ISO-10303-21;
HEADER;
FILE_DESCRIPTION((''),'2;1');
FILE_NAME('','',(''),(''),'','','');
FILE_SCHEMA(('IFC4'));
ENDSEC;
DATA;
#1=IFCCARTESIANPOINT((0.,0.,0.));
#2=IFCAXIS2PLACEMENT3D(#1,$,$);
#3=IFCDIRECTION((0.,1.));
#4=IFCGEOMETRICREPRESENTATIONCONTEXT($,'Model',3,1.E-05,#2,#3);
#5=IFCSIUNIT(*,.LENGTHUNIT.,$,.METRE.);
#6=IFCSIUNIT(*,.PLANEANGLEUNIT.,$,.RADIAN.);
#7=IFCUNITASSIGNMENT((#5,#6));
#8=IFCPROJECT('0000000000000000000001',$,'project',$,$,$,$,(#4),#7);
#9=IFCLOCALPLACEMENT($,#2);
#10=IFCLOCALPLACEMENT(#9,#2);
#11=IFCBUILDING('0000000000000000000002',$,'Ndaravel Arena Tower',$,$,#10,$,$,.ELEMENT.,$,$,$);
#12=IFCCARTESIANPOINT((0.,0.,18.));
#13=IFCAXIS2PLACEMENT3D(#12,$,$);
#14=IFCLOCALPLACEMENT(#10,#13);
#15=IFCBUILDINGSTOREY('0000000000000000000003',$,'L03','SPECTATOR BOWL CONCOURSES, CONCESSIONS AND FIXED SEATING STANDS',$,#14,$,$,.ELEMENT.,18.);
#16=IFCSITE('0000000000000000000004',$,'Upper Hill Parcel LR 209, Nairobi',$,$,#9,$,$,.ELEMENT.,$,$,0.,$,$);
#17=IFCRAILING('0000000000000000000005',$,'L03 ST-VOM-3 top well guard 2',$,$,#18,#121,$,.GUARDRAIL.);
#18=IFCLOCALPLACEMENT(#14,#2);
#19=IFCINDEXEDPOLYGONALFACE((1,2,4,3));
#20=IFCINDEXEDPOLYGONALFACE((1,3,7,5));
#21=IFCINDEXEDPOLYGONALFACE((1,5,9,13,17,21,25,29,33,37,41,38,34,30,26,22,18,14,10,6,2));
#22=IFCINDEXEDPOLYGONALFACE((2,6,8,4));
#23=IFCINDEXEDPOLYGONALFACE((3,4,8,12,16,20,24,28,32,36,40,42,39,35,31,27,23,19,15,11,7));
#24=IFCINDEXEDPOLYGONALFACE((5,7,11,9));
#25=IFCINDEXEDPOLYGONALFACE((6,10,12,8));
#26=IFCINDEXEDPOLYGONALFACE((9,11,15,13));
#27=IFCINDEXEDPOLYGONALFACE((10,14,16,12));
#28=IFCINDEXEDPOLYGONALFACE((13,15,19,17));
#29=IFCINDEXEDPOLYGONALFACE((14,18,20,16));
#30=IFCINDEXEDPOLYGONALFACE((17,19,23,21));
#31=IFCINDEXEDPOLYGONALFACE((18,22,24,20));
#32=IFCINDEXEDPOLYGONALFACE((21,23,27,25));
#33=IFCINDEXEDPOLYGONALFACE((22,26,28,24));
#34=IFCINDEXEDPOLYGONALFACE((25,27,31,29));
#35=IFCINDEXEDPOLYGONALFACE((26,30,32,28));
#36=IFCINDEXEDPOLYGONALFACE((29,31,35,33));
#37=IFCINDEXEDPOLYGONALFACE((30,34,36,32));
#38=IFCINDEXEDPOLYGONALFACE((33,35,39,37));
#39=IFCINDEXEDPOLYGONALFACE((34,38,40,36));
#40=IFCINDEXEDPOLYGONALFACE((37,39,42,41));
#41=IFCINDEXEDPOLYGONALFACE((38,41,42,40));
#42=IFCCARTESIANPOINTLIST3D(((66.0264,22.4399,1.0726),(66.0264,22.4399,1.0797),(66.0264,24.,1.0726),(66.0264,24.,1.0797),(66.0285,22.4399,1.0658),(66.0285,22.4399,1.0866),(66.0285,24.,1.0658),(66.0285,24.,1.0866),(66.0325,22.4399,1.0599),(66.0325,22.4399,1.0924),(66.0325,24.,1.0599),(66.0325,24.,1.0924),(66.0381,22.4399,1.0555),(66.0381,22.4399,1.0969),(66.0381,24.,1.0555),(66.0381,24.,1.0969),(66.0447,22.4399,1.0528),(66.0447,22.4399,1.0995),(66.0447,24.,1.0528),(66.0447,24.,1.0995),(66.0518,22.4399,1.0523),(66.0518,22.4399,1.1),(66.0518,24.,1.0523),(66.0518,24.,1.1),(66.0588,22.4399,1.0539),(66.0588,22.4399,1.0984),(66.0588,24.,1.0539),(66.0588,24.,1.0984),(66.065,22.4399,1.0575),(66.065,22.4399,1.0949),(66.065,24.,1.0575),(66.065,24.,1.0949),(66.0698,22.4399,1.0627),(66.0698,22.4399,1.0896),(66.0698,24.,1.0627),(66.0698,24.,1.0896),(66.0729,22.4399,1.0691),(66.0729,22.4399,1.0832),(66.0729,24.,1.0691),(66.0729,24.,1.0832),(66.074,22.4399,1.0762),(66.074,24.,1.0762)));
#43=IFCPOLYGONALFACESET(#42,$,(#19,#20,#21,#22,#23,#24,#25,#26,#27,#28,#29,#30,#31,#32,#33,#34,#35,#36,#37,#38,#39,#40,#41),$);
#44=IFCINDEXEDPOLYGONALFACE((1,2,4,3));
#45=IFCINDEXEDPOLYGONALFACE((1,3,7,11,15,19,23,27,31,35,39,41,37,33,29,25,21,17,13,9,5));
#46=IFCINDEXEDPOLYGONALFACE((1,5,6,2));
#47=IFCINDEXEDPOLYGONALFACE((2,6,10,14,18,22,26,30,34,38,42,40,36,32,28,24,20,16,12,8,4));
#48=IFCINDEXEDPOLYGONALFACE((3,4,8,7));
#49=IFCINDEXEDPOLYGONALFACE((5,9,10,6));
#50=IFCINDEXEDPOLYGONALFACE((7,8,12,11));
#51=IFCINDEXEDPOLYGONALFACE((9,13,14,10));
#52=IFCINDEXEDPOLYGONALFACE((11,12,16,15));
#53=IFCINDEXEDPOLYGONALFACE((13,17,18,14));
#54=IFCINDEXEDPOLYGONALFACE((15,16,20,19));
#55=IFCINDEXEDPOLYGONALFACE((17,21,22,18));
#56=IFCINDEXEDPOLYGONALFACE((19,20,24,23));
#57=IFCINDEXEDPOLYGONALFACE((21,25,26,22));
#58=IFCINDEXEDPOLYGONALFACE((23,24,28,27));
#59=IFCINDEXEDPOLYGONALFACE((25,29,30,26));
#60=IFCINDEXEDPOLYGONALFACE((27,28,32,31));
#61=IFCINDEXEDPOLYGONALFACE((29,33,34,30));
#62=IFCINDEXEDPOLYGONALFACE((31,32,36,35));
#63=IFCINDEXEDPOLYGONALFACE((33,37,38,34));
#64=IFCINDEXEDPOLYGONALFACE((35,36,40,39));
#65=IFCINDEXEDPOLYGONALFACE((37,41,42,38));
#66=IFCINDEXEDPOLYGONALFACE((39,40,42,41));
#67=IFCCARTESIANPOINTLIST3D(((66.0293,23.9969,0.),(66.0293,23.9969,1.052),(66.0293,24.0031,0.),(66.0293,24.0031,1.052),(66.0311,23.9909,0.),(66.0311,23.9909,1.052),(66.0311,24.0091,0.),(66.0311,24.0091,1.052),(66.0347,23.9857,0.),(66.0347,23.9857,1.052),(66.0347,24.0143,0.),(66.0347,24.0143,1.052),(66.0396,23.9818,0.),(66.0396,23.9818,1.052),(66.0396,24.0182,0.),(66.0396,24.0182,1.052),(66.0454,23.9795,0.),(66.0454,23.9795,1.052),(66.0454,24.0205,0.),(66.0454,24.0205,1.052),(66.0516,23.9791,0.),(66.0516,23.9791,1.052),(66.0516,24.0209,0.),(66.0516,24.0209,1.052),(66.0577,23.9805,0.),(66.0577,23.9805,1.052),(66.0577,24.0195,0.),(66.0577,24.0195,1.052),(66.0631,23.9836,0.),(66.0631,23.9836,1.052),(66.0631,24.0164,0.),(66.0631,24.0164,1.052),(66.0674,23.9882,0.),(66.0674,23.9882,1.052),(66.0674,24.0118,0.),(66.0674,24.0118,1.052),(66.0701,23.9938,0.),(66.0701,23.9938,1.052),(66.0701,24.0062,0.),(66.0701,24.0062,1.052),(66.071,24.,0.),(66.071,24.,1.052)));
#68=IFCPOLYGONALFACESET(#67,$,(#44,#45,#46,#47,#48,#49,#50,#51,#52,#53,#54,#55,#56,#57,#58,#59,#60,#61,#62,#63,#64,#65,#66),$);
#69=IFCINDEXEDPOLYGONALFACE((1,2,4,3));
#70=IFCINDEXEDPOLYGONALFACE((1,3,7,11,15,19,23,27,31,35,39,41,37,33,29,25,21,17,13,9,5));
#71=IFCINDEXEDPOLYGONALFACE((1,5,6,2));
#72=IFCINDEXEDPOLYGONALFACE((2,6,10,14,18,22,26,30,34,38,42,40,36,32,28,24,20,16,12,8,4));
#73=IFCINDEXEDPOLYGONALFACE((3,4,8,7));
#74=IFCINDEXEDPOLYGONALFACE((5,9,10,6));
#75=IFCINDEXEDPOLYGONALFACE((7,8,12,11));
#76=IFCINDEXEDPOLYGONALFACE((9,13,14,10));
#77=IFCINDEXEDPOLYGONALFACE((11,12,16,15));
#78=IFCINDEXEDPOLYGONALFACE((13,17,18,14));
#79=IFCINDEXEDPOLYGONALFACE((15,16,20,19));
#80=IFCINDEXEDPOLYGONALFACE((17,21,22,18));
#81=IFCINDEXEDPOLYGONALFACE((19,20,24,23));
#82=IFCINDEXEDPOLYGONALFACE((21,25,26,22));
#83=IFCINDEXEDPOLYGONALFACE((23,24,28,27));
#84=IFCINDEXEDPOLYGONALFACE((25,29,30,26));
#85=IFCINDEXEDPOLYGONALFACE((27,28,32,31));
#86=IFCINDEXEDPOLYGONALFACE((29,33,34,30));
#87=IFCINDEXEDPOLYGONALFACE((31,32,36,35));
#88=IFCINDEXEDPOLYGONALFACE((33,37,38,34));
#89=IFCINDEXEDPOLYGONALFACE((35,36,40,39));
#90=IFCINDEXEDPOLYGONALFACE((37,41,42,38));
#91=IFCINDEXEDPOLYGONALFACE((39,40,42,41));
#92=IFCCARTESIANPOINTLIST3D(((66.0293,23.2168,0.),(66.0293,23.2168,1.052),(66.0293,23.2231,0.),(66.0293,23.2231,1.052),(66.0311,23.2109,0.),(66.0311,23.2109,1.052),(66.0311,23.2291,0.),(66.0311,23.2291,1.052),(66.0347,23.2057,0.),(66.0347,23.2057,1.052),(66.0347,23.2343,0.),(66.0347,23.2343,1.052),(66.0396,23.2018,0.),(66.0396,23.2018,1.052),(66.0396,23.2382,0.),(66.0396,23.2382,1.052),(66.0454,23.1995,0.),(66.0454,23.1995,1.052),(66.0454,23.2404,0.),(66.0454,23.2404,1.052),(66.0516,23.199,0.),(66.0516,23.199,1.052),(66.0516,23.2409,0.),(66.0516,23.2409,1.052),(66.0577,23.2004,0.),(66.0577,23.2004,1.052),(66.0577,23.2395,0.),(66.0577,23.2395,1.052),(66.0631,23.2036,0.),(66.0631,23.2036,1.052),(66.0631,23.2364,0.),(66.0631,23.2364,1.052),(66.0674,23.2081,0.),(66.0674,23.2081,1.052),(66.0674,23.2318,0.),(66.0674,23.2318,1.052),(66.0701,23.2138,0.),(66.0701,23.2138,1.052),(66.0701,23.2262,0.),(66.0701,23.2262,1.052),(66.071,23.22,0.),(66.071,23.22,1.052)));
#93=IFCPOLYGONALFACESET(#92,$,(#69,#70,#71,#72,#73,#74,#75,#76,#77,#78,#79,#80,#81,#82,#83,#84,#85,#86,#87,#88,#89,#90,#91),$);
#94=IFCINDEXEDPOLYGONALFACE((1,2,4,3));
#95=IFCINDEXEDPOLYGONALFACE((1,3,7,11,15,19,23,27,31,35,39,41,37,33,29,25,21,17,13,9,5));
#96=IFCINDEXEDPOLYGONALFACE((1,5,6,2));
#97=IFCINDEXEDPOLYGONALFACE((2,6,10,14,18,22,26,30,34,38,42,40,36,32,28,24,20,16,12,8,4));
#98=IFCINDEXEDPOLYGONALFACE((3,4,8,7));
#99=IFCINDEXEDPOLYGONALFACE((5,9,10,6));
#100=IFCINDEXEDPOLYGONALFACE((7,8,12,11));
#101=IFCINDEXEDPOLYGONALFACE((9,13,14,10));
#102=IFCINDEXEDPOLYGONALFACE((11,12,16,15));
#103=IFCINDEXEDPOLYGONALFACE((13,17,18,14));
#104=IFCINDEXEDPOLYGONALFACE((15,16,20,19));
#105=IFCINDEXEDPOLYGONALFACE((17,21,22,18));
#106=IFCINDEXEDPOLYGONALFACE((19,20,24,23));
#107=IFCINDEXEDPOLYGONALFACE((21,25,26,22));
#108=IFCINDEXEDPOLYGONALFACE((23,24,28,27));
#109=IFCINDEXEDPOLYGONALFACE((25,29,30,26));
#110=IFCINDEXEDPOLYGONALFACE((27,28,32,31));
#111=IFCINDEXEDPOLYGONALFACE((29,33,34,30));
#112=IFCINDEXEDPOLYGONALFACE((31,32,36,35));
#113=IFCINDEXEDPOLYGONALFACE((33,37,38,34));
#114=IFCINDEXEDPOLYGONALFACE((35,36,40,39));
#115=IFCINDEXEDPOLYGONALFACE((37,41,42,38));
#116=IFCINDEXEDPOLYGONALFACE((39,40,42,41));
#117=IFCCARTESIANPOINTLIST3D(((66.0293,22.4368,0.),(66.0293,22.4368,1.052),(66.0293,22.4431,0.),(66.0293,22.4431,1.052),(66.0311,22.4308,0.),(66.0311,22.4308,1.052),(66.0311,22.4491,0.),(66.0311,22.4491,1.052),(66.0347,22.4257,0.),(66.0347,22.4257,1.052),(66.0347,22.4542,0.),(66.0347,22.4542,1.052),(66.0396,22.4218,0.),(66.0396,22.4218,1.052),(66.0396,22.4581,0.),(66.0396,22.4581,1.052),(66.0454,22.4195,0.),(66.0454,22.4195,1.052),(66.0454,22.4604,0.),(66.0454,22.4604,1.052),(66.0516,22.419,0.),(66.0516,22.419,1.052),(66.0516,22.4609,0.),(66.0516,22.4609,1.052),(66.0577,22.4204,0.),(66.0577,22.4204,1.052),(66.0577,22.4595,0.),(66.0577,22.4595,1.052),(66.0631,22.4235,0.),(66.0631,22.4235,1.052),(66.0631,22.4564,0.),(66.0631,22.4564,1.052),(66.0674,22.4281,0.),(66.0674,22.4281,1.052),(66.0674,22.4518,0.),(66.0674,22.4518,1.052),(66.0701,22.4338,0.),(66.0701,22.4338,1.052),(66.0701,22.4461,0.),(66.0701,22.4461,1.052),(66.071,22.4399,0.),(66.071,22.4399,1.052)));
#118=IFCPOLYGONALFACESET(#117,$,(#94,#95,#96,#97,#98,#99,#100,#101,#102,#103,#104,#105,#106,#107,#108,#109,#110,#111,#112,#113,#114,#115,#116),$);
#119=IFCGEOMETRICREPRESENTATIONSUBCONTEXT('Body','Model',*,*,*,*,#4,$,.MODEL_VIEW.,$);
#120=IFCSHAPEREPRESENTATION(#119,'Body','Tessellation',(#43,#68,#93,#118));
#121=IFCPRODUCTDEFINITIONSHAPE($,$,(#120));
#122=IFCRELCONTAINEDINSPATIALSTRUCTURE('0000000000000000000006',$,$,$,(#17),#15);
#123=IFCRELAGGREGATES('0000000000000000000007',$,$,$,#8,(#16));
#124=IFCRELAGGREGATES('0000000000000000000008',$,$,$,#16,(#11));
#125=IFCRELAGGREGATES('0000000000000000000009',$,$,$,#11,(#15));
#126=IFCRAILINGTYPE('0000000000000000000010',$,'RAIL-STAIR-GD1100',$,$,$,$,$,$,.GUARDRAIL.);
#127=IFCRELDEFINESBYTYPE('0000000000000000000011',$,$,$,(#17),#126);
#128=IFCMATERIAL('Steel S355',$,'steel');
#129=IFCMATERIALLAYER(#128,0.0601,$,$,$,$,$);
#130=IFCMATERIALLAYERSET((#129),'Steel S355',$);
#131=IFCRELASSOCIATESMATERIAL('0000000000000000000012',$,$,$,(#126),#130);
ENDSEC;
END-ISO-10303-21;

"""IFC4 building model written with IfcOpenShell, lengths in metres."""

from ifc_helpers import new_model, si_unit, direction, frame, origin, origin_2d, place, context, subcontext, project, spatial, circle, extrude, material, layer, layer_set, type_object, element, save


model = new_model("IFC4")

# Units and contexts
model_context = context("Model", 3, precision=1e-05, world=origin(), true_north=direction((0.0, 1.0)))
body_context = subcontext(model_context, "Body", "Model", "MODEL_VIEW")
ifc_project = project(units=[si_unit("LENGTHUNIT", "METRE"), si_unit("PLANEANGLEUNIT", "RADIAN")], contexts=[model_context])

# Site, building, storey
site_placement = place(None, origin())
site = spatial("IfcSite", under=ifc_project, at=site_placement, Name="Upper Hill Parcel LR 209, Nairobi", CompositionType="ELEMENT", RefElevation=0.0)
building_placement = place(site_placement, origin())
building = spatial("IfcBuilding", under=site, at=building_placement, Name="Ndaravel Arena Tower", CompositionType="ELEMENT")
storey_placement = place(building_placement, frame((0.0, 0.0, 18.0)))
storey = spatial("IfcBuildingStorey", under=building, at=storey_placement, Name="L03", Description="SPECTATOR BOWL CONCOURSES, CONCESSIONS AND FIXED SEATING STANDS", CompositionType="ELEMENT", Elevation=18.0)

# Railing
ifc_material_1 = material(Name="Steel S355", Category="steel")
ifc_layer_1 = layer(ifc_material_1, 0.0601)
ifc_layer_set_1 = layer_set([ifc_layer_1], Name="Steel S355")
railing_type_1 = type_object("IfcRailingType", Name="RAIL-STAIR-GD1100", PredefinedType="GUARDRAIL", material=ifc_layer_set_1)
for number, where, name in (
    (1, (66.05, 24.0, 0.0), "L03 ST-VOM-3 top well guard 2"),
):
    element("IfcRailing", number, at=place(storey_placement, frame(where)), inside=storey, type_object=railing_type_1, Name=name, PredefinedType="GUARDRAIL", context=body_context, shape_type="SweptSolid", body=[
        extrude(circle(Radius=0.0239, at=origin_2d()), frame((0.0, 0.0, 1.0762), z_axis=(0.0, -1.0, 0.0), x_axis=(1.0, 0.0, 0.0)), (0.0, 0.0, 1.0), 1.5601),
        extrude(circle(Radius=0.021, at=origin_2d()), origin(), (0.0, 0.0, 1.0), 1.052),
        extrude(circle(Radius=0.021, at=origin_2d()), frame((0.0, -0.78, 0.0)), (0.0, 0.0, 1.0), 1.052),
        extrude(circle(Radius=0.021, at=origin_2d()), frame((0.0, -1.5601, 0.0)), (0.0, 0.0, 1.0), 1.052),
    ])

save(model, "model.ifc")
